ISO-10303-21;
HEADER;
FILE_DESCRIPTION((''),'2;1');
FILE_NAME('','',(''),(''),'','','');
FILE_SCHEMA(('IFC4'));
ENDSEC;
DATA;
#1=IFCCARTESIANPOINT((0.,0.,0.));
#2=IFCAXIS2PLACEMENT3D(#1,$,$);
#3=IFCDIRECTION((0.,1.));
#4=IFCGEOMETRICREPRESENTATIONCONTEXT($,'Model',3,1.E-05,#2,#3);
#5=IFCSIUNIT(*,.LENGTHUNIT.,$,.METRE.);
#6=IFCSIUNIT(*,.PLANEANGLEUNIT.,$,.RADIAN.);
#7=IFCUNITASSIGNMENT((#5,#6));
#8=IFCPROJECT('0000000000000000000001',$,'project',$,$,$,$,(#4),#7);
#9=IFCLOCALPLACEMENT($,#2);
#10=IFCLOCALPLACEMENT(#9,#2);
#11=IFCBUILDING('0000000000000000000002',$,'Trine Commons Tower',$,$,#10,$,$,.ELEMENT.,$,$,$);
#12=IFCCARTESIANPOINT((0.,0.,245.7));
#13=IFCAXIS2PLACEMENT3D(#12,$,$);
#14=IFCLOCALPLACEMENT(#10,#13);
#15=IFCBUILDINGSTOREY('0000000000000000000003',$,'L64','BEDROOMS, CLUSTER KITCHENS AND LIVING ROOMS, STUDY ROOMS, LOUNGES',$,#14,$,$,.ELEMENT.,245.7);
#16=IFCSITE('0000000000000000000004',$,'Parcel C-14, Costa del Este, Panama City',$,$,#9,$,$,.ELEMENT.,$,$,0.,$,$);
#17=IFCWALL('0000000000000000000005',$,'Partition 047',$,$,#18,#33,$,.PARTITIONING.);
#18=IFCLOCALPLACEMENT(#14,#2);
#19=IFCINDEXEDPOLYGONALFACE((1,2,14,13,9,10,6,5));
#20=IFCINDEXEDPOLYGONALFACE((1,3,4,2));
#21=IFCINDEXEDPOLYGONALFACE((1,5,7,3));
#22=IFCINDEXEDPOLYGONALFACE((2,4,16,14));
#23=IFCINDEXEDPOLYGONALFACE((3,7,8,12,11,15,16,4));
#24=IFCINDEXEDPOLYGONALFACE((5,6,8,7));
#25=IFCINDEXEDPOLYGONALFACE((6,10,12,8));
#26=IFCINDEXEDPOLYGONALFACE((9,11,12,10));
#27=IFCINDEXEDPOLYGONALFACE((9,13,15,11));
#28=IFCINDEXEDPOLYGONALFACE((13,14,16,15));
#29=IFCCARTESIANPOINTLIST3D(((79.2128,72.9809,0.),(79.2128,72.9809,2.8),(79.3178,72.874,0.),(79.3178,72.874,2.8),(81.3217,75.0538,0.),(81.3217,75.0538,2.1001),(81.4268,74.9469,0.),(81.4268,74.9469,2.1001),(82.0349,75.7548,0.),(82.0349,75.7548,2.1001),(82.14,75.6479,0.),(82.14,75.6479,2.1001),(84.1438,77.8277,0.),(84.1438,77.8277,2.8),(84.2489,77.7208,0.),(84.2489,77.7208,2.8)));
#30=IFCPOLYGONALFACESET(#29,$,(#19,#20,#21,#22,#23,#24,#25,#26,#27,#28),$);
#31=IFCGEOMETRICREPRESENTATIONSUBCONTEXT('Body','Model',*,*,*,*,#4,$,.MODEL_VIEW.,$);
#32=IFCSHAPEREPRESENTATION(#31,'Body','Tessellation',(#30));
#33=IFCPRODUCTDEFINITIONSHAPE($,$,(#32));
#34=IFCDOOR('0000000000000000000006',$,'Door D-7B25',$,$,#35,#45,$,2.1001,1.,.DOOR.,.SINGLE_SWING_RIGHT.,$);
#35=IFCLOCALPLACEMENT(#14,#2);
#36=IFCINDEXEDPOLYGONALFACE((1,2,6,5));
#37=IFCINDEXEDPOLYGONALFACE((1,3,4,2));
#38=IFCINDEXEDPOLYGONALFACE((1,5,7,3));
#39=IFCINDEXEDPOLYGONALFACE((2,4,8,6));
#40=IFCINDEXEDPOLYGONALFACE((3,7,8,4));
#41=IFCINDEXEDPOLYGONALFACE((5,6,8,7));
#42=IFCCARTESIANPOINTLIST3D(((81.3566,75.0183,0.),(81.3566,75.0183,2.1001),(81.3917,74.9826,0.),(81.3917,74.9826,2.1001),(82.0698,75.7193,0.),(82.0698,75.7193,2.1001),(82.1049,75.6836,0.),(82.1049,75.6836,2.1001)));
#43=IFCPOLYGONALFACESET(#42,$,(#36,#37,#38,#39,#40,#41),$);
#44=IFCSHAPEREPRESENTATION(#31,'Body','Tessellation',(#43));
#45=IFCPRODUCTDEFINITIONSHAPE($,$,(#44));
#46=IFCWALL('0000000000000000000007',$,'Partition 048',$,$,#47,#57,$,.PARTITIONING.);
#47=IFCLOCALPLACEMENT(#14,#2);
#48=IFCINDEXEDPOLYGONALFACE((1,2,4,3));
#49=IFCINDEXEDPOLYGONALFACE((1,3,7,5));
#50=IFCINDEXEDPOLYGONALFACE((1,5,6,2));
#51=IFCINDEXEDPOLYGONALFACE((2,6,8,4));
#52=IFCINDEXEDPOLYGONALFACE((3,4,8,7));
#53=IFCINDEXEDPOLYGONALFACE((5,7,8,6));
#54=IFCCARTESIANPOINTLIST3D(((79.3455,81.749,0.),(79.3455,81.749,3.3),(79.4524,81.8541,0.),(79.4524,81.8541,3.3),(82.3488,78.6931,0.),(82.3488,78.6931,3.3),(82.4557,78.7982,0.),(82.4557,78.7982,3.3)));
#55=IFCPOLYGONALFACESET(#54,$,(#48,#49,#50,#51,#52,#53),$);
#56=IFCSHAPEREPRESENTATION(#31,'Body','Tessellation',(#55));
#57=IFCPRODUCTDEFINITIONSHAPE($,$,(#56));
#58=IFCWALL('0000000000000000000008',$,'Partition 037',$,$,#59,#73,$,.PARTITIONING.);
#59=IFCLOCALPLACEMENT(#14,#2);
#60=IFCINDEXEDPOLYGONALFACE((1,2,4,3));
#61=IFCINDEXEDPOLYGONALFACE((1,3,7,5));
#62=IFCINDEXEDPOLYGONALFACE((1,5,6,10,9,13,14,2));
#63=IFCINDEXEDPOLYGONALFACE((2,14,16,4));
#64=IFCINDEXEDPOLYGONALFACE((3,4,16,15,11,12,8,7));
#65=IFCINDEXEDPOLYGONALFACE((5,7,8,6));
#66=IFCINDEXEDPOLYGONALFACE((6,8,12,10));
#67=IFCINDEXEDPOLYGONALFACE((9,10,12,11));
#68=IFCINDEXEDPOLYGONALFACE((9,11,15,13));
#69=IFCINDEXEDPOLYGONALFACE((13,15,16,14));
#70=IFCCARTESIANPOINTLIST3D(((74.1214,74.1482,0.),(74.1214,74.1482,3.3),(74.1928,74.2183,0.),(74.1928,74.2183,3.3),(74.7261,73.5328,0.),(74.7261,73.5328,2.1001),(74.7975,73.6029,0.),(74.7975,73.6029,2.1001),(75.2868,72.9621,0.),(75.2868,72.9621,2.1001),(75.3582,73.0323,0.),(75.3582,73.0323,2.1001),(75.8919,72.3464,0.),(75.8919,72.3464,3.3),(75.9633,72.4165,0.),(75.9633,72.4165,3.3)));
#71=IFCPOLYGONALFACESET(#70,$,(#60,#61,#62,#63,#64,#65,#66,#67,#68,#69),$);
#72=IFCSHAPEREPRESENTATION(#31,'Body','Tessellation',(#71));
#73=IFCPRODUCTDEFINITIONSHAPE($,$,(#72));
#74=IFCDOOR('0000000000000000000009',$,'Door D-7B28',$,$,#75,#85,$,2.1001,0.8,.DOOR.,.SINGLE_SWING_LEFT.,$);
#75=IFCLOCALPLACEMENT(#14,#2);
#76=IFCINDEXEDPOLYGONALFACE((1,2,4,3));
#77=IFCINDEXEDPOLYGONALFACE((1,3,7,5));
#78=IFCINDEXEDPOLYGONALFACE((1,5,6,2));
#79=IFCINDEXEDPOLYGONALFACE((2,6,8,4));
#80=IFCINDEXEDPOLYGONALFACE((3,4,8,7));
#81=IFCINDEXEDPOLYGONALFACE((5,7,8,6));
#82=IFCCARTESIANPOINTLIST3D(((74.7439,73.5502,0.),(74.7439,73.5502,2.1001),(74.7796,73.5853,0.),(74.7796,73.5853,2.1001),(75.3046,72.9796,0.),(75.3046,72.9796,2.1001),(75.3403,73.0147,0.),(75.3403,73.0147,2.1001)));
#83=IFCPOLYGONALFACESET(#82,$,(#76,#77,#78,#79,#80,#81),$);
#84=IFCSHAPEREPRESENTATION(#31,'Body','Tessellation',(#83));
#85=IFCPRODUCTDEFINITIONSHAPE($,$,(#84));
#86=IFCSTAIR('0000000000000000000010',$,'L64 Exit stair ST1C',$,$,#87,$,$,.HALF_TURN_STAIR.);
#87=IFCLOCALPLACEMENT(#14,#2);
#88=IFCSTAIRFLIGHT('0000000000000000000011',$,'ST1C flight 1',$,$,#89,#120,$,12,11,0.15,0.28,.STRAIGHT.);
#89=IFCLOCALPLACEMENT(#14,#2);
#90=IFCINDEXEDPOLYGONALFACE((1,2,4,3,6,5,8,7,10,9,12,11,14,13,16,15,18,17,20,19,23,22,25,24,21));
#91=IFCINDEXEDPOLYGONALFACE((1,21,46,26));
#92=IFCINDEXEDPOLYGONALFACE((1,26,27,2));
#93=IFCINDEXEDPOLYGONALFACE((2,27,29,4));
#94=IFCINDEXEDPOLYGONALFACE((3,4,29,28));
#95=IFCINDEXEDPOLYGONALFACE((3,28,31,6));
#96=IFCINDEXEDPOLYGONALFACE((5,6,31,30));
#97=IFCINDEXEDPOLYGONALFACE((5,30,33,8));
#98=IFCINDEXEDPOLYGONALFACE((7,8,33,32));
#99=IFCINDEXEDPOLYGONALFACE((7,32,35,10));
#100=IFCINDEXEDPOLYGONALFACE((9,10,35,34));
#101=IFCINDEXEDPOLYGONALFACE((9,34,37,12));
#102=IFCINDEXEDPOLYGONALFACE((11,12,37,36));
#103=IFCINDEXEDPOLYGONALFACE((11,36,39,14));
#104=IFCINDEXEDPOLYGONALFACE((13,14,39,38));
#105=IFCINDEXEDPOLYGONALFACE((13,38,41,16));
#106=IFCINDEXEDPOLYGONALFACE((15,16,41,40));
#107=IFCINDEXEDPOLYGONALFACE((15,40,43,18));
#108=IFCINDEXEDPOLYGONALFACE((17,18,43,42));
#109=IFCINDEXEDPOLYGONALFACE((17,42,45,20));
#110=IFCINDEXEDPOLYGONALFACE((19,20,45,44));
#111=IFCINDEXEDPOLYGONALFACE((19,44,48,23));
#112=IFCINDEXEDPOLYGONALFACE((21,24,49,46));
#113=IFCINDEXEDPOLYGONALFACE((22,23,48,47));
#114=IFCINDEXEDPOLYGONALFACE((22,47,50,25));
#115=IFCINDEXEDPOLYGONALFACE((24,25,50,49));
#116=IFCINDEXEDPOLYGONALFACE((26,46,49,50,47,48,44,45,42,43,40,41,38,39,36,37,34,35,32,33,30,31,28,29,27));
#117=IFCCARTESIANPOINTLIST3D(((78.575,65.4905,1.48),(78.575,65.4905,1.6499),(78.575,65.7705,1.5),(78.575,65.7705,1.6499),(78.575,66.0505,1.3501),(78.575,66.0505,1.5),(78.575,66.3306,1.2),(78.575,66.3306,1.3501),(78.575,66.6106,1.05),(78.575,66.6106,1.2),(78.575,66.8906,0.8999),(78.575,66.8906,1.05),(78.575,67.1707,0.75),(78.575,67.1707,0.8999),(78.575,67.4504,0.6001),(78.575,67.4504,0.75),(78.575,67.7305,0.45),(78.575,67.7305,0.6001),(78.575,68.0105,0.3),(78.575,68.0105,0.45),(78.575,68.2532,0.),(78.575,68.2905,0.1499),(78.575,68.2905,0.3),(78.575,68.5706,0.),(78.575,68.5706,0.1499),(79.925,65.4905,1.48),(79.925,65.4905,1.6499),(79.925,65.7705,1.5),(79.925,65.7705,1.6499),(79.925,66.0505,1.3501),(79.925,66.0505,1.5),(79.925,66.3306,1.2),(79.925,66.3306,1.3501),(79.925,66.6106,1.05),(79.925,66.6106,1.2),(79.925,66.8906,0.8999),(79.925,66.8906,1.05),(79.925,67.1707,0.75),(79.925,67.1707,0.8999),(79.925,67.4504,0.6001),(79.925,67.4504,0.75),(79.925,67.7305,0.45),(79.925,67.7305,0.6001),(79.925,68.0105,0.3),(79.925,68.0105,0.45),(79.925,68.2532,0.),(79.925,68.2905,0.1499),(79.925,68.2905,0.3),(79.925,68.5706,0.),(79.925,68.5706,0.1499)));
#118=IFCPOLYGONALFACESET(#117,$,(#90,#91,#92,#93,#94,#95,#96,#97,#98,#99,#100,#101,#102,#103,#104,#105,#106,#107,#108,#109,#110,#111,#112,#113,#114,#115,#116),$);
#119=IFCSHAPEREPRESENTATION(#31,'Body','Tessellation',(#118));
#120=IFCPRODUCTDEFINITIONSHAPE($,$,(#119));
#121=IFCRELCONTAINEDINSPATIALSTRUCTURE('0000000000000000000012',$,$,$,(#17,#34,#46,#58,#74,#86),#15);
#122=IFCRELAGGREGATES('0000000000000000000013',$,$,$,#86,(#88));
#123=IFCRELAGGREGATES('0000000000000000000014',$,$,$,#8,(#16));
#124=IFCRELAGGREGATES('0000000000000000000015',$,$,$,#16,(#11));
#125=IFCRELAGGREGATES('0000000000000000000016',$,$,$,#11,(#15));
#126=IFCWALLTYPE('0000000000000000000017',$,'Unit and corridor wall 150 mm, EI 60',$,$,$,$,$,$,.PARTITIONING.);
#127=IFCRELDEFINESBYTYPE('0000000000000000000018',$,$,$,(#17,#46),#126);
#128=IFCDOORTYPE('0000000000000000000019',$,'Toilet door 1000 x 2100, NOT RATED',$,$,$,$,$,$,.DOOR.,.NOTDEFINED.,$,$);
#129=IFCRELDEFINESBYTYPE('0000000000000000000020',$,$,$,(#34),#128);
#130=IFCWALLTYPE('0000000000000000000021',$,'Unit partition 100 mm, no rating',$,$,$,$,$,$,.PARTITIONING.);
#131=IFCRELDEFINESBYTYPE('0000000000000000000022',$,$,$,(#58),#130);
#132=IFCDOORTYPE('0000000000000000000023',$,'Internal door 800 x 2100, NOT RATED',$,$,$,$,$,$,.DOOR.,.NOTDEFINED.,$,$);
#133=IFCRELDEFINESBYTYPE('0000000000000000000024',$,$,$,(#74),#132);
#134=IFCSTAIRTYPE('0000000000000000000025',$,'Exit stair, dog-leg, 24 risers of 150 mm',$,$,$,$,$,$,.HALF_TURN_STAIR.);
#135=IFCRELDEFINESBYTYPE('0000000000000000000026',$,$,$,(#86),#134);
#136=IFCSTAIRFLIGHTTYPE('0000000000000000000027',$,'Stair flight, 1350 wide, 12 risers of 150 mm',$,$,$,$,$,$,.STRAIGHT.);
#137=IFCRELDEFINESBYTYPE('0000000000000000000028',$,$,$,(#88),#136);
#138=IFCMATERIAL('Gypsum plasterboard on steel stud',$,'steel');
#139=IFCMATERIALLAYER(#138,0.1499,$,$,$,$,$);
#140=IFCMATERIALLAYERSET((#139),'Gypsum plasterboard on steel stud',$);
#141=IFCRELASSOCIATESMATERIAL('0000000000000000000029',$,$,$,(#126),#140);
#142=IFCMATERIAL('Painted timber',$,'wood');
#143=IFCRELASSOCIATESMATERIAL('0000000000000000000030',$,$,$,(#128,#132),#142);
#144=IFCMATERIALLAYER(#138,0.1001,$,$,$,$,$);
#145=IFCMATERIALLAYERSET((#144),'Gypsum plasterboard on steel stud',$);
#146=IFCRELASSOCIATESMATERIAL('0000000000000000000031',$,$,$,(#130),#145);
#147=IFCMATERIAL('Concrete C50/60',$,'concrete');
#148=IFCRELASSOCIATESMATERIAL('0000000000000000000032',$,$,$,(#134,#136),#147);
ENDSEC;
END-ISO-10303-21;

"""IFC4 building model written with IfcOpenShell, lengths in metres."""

from ifc_helpers import new_model, si_unit, direction, frame, frame_2d, origin, place, context, subcontext, project, spatial, polyline, rectangle, outline, extrude, material, layer, layer_set, type_object, element, fill, aggregate, save


model = new_model("IFC4")

# Units and contexts
model_context = context("Model", 3, precision=1e-05, world=origin(), true_north=direction((0.0, 1.0)))
body_context = subcontext(model_context, "Body", "Model", "MODEL_VIEW")
ifc_project = project(units=[si_unit("LENGTHUNIT", "METRE"), si_unit("PLANEANGLEUNIT", "RADIAN")], contexts=[model_context])

# Site, building, storey
site_placement = place(None, origin())
site = spatial("IfcSite", under=ifc_project, at=site_placement, Name="Parcel C-14, Costa del Este, Panama City", CompositionType="ELEMENT", RefElevation=0.0)
building_placement = place(site_placement, origin())
building = spatial("IfcBuilding", under=site, at=building_placement, Name="Trine Commons Tower", CompositionType="ELEMENT")
storey_placement = place(building_placement, frame((0.0, 0.0, 245.7)))
storey = spatial("IfcBuildingStorey", under=building, at=storey_placement, Name="L64", Description="BEDROOMS, CLUSTER KITCHENS AND LIVING ROOMS, STUDY ROOMS, LOUNGES", CompositionType="ELEMENT", Elevation=245.7)

# Shared definitions
ifc_material_1 = material(Name="Concrete C50/60", Category="concrete")

# Shared definitions
ifc_material_2 = material(Name="Gypsum plasterboard on steel stud", Category="steel")
ifc_layer_1 = layer(ifc_material_2, 0.1499)
ifc_layer_set_1 = layer_set([ifc_layer_1], Name="Gypsum plasterboard on steel stud")
wall_type_1 = type_object("IfcWallType", Name="Unit and corridor wall 150 mm, EI 60", PredefinedType="PARTITIONING", material=ifc_layer_set_1)

# Shared definitions
ifc_material_3 = material(Name="Painted timber", Category="wood")

# Wall, opening, door
wall_1_placement = place(storey_placement, frame((79.2654, 72.9275, 0.0), z_axis=(0.0, 0.0, 1.0), x_axis=(0.713171, 0.70099, 0.0)))
wall_1 = element("IfcWall", 1, at=wall_1_placement, inside=storey, type_object=wall_type_1, Name="Partition 047", PredefinedType="PARTITIONING", context=body_context, shape_type="SweptSolid", body=[
    extrude(rectangle(XDim=6.9143, YDim=0.1499, at=frame_2d((3.457, 0.0))), origin(), (0.0, 0.0, 1.0), 2.8),
])
opening_1_placement = place(wall_1_placement, frame((2.957, 0.0, 0.0)))
opening_1 = element("IfcOpeningElement", 2, at=opening_1_placement, cuts=wall_1, PredefinedType="OPENING", context=body_context, shape_type="SweptSolid", body=[
    extrude(rectangle(XDim=1.0, YDim=2.1001, at=frame_2d((0.5, 1.05))), frame((0.0, 0.085, 0.0), z_axis=(0.0, -1.0, 0.0), x_axis=(1.0, 0.0, 0.0)), (0.0, 0.0, 1.0), 0.1699),
])
door_type_1 = type_object("IfcDoorType", Name="Toilet door 1000 x 2100, NOT RATED", OperationType="NOTDEFINED", PredefinedType="DOOR", material=ifc_material_3)
door_1_placement = place(opening_1_placement, frame((1.0, 0.0, 0.0), z_axis=(0.0, 0.0, 1.0), x_axis=(-1.0, 0.0, 0.0)))
door_1 = element("IfcDoor", 3, at=door_1_placement, inside=storey, type_object=door_type_1, Name="Door D-7B25", OperationType="SINGLE_SWING_RIGHT", OverallHeight=2.1001, OverallWidth=1.0, PredefinedType="DOOR", context=body_context, shape_type="SweptSolid", body=[
    extrude(rectangle(XDim=1.0, YDim=2.1001, at=frame_2d((0.5, 1.05))), frame((0.0, 0.0249, 0.0), z_axis=(0.0, -1.0, 0.0), x_axis=(1.0, 0.0, 0.0)), (0.0, 0.0, 1.0), 0.05),
])
fill(opening_1, door_1)

# Wall
wall_2_placement = place(storey_placement, frame((79.3989, 81.8015, 0.0), z_axis=(0.0, 0.0, 1.0), x_axis=(0.700955, -0.713205, 0.0)))
element("IfcWall", 4, at=wall_2_placement, inside=storey, type_object=wall_type_1, Name="Partition 048", PredefinedType="PARTITIONING", context=body_context, shape_type="SweptSolid", body=[
    extrude(rectangle(XDim=4.2847, YDim=0.1499, at=frame_2d((2.1423, 0.0))), origin(), (0.0, 0.0, 1.0), 3.3),
])

# Wall, opening, door
ifc_layer_2 = layer(ifc_material_2, 0.1001)
ifc_layer_set_2 = layer_set([ifc_layer_2], Name="Gypsum plasterboard on steel stud")
wall_type_2 = type_object("IfcWallType", Name="Unit partition 100 mm, no rating", PredefinedType="PARTITIONING", material=ifc_layer_set_2)
wall_3_placement = place(storey_placement, frame((74.157, 74.1833, 0.0), z_axis=(0.0, 0.0, 1.0), x_axis=(0.700894, -0.713265, 0.0)))
wall_3 = element("IfcWall", 5, at=wall_3_placement, inside=storey, type_object=wall_type_2, Name="Partition 037", PredefinedType="PARTITIONING", context=body_context, shape_type="SweptSolid", body=[
    extrude(rectangle(XDim=2.5261, YDim=0.1001, at=frame_2d((1.2632, 0.0))), origin(), (0.0, 0.0, 1.0), 3.3),
])
opening_2_placement = place(wall_3_placement, frame((0.863, 0.0, 0.0)))
opening_2 = element("IfcOpeningElement", 6, at=opening_2_placement, cuts=wall_3, PredefinedType="OPENING", context=body_context, shape_type="SweptSolid", body=[
    extrude(rectangle(XDim=0.8, YDim=2.1001, at=frame_2d((0.3999, 1.05))), frame((0.0, 0.0601, 0.0), z_axis=(0.0, -1.0, 0.0), x_axis=(1.0, 0.0, 0.0)), (0.0, 0.0, 1.0), 0.1201),
])
door_type_2 = type_object("IfcDoorType", Name="Internal door 800 x 2100, NOT RATED", OperationType="NOTDEFINED", PredefinedType="DOOR", material=ifc_material_3)
door_2_placement = place(opening_2_placement, origin())
door_2 = element("IfcDoor", 7, at=door_2_placement, inside=storey, type_object=door_type_2, Name="Door D-7B28", OperationType="SINGLE_SWING_LEFT", OverallHeight=2.1001, OverallWidth=0.8, PredefinedType="DOOR", context=body_context, shape_type="SweptSolid", body=[
    extrude(rectangle(XDim=0.8, YDim=2.1001, at=frame_2d((0.3999, 1.05))), frame((0.0, 0.0249, 0.0), z_axis=(0.0, -1.0, 0.0), x_axis=(1.0, 0.0, 0.0)), (0.0, 0.0, 1.0), 0.05),
])
fill(opening_2, door_2)

# Stair, stair flight
stair_type = type_object("IfcStairType", Name="Exit stair, dog-leg, 24 risers of 150 mm", PredefinedType="HALF_TURN_STAIR", material=ifc_material_1)
stair_placement = place(storey_placement, origin())
stair = element("IfcStair", 8, at=stair_placement, inside=storey, type_object=stair_type, Name="L64 Exit stair ST1C", PredefinedType="HALF_TURN_STAIR")
stair_flight_type = type_object("IfcStairFlightType", Name="Stair flight, 1350 wide, 12 risers of 150 mm", PredefinedType="STRAIGHT", material=ifc_material_1)
stair_flight_placement = place(storey_placement, frame((79.25, 68.5706, 0.0), z_axis=(0.0, 0.0, 1.0), x_axis=(0.0, -1.0, 0.0)))
stair_flight = element("IfcStairFlight", 9, at=stair_flight_placement, type_object=stair_flight_type, Name="ST1C flight 1", NumberOfRisers=12, NumberOfTreads=11, PredefinedType="STRAIGHT", RiserHeight=0.15, TreadLength=0.28, context=body_context, shape_type="SweptSolid", body=[
    extrude(outline(polyline([(0.0, 0.0), (0.0, 0.1499), (0.28, 0.1499), (0.28, 0.3), (0.5601, 0.3), (0.5601, 0.45), (0.8401, 0.45), (0.8401, 0.6001), (1.1201, 0.6001), (1.1201, 0.75), (1.3999, 0.75), (1.3999, 0.8999), (1.6799, 0.8999), (1.6799, 1.05), (1.96, 1.05), (1.96, 1.2), (2.24, 1.2), (2.24, 1.3501), (2.52, 1.3501), (2.52, 1.5), (2.8, 1.5), (2.8, 1.6499), (3.0801, 1.6499), (3.0801, 1.8), (3.0801, 1.48), (0.3174, 0.0), (0.0, 0.0)])), frame((0.0, 0.675, 0.0), z_axis=(0.0, -1.0, 0.0), x_axis=(1.0, 0.0, 0.0)), (0.0, 0.0, 1.0), 1.3501),
])
aggregate(stair, [stair_flight])

save(model, "model.ifc")
